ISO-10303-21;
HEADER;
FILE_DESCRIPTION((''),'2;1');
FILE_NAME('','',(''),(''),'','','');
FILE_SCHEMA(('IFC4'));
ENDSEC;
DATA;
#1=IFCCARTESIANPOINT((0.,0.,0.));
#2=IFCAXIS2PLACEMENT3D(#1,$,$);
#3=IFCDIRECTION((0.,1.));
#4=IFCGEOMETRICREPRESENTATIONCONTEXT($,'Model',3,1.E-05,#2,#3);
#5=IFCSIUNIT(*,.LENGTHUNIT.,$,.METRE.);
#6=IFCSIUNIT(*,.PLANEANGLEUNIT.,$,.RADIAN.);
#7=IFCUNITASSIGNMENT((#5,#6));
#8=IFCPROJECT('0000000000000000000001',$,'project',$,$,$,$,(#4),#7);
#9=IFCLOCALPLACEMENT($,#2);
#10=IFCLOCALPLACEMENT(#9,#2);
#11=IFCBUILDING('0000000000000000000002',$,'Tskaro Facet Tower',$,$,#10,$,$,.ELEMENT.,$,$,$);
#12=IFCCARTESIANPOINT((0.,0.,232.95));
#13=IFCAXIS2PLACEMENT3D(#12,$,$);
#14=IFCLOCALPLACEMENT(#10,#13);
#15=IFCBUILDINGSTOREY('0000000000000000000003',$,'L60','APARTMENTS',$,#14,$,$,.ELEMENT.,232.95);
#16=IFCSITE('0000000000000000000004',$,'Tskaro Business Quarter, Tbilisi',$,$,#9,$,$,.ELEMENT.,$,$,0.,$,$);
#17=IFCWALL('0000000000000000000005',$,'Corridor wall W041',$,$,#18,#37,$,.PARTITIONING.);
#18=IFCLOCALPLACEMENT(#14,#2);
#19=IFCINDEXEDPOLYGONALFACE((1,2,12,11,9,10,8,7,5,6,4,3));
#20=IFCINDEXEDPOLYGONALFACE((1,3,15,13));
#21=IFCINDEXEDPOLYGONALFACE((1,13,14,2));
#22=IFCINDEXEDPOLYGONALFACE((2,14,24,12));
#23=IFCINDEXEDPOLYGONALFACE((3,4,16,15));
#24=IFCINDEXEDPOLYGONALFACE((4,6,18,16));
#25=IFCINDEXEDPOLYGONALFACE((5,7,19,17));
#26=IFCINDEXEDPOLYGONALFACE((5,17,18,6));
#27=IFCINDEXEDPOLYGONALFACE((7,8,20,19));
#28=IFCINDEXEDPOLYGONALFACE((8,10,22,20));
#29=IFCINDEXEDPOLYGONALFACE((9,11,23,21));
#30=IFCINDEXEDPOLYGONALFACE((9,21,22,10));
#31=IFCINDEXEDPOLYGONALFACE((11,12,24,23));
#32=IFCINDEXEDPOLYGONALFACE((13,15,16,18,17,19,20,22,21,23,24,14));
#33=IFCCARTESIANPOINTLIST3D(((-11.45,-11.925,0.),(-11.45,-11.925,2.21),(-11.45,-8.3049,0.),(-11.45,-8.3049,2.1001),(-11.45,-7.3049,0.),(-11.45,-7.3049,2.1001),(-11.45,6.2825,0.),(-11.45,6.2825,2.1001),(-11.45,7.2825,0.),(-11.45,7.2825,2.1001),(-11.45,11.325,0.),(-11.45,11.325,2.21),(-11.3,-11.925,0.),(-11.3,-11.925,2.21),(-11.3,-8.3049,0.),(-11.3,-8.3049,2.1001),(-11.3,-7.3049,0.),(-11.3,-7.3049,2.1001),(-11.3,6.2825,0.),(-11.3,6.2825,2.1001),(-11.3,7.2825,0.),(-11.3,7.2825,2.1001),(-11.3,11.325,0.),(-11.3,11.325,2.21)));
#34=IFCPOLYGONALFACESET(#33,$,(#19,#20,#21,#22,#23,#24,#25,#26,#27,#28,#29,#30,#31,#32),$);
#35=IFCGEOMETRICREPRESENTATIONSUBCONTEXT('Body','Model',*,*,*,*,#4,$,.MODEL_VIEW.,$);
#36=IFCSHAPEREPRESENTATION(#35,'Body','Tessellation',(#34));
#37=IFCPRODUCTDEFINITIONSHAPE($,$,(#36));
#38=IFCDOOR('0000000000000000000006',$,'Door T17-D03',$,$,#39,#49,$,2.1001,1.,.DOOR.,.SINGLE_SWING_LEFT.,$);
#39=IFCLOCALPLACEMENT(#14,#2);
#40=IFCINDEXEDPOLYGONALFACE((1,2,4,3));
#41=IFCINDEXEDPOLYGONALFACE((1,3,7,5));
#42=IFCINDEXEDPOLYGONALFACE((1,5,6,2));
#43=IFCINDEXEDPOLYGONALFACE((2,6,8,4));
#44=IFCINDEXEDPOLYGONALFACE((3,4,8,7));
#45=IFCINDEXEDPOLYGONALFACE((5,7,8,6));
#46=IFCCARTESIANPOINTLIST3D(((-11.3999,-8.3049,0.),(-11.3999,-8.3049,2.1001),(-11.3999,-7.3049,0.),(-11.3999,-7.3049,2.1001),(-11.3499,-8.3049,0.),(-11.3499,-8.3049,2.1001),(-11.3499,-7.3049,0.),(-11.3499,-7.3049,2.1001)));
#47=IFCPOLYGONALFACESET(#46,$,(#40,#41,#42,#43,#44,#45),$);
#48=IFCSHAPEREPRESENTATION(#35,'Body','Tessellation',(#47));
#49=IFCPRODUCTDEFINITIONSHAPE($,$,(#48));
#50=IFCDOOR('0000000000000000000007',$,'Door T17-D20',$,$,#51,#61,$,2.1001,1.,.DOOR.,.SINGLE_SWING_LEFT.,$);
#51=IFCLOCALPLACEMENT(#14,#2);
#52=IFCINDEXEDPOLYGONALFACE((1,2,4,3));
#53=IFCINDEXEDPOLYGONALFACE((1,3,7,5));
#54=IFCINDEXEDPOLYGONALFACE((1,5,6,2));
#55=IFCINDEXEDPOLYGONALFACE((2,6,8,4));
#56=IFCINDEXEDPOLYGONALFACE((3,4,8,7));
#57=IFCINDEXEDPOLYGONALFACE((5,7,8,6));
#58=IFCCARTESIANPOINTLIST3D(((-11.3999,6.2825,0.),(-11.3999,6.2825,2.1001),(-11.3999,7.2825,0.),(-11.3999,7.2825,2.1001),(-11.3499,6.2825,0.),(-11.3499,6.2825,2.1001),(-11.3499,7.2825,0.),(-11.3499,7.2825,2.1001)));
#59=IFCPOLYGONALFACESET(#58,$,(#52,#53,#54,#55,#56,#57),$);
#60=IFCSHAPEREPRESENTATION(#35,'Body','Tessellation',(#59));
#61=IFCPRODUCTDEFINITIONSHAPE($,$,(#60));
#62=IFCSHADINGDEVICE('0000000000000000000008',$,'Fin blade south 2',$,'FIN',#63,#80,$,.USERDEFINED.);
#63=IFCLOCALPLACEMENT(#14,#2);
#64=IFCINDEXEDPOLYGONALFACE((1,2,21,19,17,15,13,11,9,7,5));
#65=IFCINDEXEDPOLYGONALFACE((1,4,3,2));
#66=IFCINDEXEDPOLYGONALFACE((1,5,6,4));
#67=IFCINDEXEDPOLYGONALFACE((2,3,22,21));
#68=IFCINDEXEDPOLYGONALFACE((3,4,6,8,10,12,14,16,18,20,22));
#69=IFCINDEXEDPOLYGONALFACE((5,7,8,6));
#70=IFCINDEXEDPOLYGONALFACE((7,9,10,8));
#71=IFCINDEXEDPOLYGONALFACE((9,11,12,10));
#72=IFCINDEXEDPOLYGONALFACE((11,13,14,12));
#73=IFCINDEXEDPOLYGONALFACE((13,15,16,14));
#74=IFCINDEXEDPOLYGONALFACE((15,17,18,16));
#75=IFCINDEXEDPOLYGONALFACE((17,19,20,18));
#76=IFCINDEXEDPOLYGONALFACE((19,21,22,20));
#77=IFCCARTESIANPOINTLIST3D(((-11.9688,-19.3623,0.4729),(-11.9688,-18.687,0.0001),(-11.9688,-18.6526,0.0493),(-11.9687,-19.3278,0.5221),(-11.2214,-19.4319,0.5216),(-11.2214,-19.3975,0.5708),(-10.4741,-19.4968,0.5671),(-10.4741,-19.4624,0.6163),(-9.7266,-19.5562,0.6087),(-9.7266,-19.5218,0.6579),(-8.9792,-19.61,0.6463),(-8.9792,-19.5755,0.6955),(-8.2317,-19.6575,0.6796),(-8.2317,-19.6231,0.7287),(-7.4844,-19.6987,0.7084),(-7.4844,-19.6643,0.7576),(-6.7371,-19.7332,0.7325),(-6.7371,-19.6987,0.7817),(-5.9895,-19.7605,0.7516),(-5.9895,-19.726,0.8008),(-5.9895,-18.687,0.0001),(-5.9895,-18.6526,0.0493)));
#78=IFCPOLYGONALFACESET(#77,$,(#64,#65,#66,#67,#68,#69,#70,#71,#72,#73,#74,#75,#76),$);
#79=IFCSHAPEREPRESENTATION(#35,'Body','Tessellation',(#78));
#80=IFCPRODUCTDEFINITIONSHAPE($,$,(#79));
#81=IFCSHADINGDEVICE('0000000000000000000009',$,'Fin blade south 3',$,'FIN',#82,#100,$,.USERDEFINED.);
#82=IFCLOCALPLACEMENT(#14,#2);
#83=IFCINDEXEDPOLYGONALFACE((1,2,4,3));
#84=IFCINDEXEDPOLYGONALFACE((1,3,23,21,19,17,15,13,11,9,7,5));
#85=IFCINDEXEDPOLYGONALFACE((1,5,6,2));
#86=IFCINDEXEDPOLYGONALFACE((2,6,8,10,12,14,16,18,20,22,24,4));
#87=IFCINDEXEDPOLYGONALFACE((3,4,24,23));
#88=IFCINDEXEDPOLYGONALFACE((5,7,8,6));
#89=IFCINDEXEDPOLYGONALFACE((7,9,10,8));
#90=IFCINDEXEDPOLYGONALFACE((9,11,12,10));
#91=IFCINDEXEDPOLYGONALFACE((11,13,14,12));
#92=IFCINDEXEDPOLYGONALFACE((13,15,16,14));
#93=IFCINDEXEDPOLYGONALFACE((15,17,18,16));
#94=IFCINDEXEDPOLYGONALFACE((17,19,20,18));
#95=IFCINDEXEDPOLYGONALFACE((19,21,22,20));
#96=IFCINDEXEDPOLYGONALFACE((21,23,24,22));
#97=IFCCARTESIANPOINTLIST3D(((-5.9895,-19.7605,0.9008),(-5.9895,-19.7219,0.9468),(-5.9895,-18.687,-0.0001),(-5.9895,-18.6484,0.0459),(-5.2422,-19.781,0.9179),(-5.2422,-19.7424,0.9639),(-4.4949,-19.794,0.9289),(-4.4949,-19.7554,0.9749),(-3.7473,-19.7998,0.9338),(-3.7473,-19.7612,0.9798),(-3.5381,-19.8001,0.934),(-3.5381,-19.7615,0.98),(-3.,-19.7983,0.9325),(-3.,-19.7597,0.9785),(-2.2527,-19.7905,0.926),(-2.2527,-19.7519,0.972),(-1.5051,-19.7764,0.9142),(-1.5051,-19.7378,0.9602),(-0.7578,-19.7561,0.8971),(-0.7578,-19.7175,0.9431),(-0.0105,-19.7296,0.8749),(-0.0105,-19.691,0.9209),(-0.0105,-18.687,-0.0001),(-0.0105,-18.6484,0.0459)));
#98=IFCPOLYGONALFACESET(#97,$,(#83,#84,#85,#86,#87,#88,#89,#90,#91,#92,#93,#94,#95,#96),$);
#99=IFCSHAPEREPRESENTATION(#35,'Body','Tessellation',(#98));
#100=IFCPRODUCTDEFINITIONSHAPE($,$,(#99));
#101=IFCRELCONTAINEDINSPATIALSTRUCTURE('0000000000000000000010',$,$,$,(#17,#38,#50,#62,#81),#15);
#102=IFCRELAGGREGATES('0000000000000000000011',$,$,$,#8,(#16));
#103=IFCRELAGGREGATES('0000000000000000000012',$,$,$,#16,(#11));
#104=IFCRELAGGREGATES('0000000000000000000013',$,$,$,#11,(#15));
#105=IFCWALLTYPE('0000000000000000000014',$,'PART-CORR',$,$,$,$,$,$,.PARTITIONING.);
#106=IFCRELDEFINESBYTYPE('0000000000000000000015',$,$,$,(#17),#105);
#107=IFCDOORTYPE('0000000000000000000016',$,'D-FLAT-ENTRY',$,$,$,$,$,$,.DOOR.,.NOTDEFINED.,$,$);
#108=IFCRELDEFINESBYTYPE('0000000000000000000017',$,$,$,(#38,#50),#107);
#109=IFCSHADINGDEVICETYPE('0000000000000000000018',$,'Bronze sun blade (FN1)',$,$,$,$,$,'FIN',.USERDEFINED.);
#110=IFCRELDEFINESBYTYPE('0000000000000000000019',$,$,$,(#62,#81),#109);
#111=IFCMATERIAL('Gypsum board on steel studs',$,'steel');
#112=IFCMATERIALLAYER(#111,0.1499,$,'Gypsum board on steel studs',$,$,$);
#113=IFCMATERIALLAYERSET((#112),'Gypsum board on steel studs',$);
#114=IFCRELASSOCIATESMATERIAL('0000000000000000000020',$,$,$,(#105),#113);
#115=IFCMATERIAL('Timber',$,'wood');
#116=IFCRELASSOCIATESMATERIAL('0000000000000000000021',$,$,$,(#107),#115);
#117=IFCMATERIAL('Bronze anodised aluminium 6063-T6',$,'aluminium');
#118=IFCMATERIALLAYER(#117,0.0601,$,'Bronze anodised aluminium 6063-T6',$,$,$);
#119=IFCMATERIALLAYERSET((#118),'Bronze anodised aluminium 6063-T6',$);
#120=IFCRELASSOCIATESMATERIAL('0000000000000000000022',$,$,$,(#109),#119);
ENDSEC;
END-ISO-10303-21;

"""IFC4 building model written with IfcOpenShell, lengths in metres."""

from ifc_helpers import new_model, si_unit, direction, frame, frame_2d, origin, place, context, subcontext, project, spatial, polyline, rectangle, outline, extrude, material, layer, layer_set, type_object, element, fill, save


model = new_model("IFC4")

# Units and contexts
model_context = context("Model", 3, precision=1e-05, world=origin(), true_north=direction((0.0, 1.0)))
body_context = subcontext(model_context, "Body", "Model", "MODEL_VIEW")
ifc_project = project(units=[si_unit("LENGTHUNIT", "METRE"), si_unit("PLANEANGLEUNIT", "RADIAN")], contexts=[model_context])

# Site, building, storey
site_placement = place(None, origin())
site = spatial("IfcSite", under=ifc_project, at=site_placement, Name="Tskaro Business Quarter, Tbilisi", CompositionType="ELEMENT", RefElevation=0.0)
building_placement = place(site_placement, origin())
building = spatial("IfcBuilding", under=site, at=building_placement, Name="Tskaro Facet Tower", CompositionType="ELEMENT")
storey_placement = place(building_placement, frame((0.0, 0.0, 232.95)))
storey = spatial("IfcBuildingStorey", under=building, at=storey_placement, Name="L60", Description="APARTMENTS", CompositionType="ELEMENT", Elevation=232.95)

# Shared definitions
ifc_material_1 = material(Name="Bronze anodised aluminium 6063-T6", Category="aluminium")

# Shared definitions
ifc_material_2 = material(Name="Gypsum board on steel studs", Category="steel")
ifc_material_3 = material(Name="Timber", Category="wood")

# Shared definitions
ifc_layer_1 = layer(ifc_material_2, 0.1499, Name="Gypsum board on steel studs")
ifc_layer_set_1 = layer_set([ifc_layer_1], Name="Gypsum board on steel studs")
wall_type_1 = type_object("IfcWallType", Name="PART-CORR", PredefinedType="PARTITIONING", material=ifc_layer_set_1)

# Wall, openings, doors
wall_1_placement = place(storey_placement, frame((-11.375, -11.925, 0.0), z_axis=(0.0, 0.0, 1.0), x_axis=(0.0, 1.0, 0.0)))
wall_1 = element("IfcWall", 1, at=wall_1_placement, inside=storey, type_object=wall_type_1, Name="Corridor wall W041", PredefinedType="PARTITIONING", context=body_context, shape_type="SweptSolid", body=[
    extrude(rectangle(XDim=23.25, YDim=0.1499, at=frame_2d((11.625, 0.0))), origin(), (0.0, 0.0, 1.0), 2.21),
])
opening_1_placement = place(wall_1_placement, frame((3.6201, 0.0, 0.0)))
opening_1 = element("IfcOpeningElement", 2, at=opening_1_placement, cuts=wall_1, PredefinedType="OPENING", context=body_context, shape_type="SweptSolid", body=[
    extrude(rectangle(XDim=1.0, YDim=2.1001, at=frame_2d((0.5, 1.05))), frame((0.0, 0.085, 0.0), z_axis=(0.0, -1.0, 0.0), x_axis=(1.0, 0.0, 0.0)), (0.0, 0.0, 1.0), 0.1699),
])
opening_2_placement = place(wall_1_placement, frame((18.2075, 0.0, 0.0)))
opening_2 = element("IfcOpeningElement", 3, at=opening_2_placement, cuts=wall_1, PredefinedType="OPENING", context=body_context, shape_type="SweptSolid", body=[
    extrude(rectangle(XDim=1.0, YDim=2.1001, at=frame_2d((0.5, 1.05))), frame((0.0, 0.085, 0.0), z_axis=(0.0, -1.0, 0.0), x_axis=(1.0, 0.0, 0.0)), (0.0, 0.0, 1.0), 0.1699),
])
door_type_1 = type_object("IfcDoorType", Name="D-FLAT-ENTRY", OperationType="NOTDEFINED", PredefinedType="DOOR", material=ifc_material_3)
door_1_placement = place(opening_1_placement, origin())
door_1 = element("IfcDoor", 4, at=door_1_placement, inside=storey, type_object=door_type_1, Name="Door T17-D03", OperationType="SINGLE_SWING_LEFT", OverallHeight=2.1001, OverallWidth=1.0, PredefinedType="DOOR", context=body_context, shape_type="SweptSolid", body=[
    extrude(rectangle(XDim=1.0, YDim=2.1001, at=frame_2d((0.5, 1.05))), frame((0.0, 0.0249, 0.0), z_axis=(0.0, -1.0, 0.0), x_axis=(1.0, 0.0, 0.0)), (0.0, 0.0, 1.0), 0.05),
])
fill(opening_1, door_1)
door_2_placement = place(opening_2_placement, origin())
door_2 = element("IfcDoor", 5, at=door_2_placement, inside=storey, type_object=door_type_1, Name="Door T17-D20", OperationType="SINGLE_SWING_LEFT", OverallHeight=2.1001, OverallWidth=1.0, PredefinedType="DOOR", context=body_context, shape_type="SweptSolid", body=[
    extrude(rectangle(XDim=1.0, YDim=2.1001, at=frame_2d((0.5, 1.05))), frame((0.0, 0.0249, 0.0), z_axis=(0.0, -1.0, 0.0), x_axis=(1.0, 0.0, 0.0)), (0.0, 0.0, 1.0), 0.05),
])
fill(opening_2, door_2)

# Shading devices
ifc_layer_2 = layer(ifc_material_1, 0.0601, Name="Bronze anodised aluminium 6063-T6")
ifc_layer_set_2 = layer_set([ifc_layer_2], Name="Bronze anodised aluminium 6063-T6")
shading_device_type = type_object("IfcShadingDeviceType", Name="Bronze sun blade (FN1)", ElementType="FIN", PredefinedType="USERDEFINED", material=ifc_layer_set_2)
shading_device_1_placement = place(storey_placement, frame((-11.9688, -18.6526, 0.0493), z_axis=(0.000002, 0.573528, 0.819186), x_axis=(1.0, -0.000001, -0.000002)))
element("IfcShadingDevice", 6, at=shading_device_1_placement, inside=storey, type_object=shading_device_type, Name="Fin blade south 2", ObjectType="FIN", PredefinedType="USERDEFINED", context=body_context, shape_type="SweptSolid", body=[
    extrude(outline(polyline([(0.0, 0.0), (5.9792, 0.0), (5.9792, -1.3104), (5.2317, -1.277), (4.4844, -1.235), (3.7371, -1.1847), (2.9895, -1.1266), (2.2422, -1.0611), (1.4946, -0.9885), (0.7473, -0.9093), (0.0, -0.8243), (0.0, 0.0)])), origin(), (0.0, 0.0, -1.0), 0.0601),
])
shading_device_2_placement = place(storey_placement, frame((-5.9895, -18.6484, 0.0459), z_axis=(-0.000009, 0.642837, 0.766003), x_axis=(1.0, 0.000006, 0.000007)))
element("IfcShadingDevice", 7, at=shading_device_2_placement, inside=storey, type_object=shading_device_type, Name="Fin blade south 3", ObjectType="FIN", PredefinedType="USERDEFINED", context=body_context, shape_type="SweptSolid", body=[
    extrude(outline(polyline([(0.0, 0.0), (5.979, 0.0), (5.979, -1.361), (5.2317, -1.3957), (4.4844, -1.4222), (3.7368, -1.4406), (2.9895, -1.4508), (2.4514, -1.4531), (2.2422, -1.4527), (1.4946, -1.4451), (0.7473, -1.4281), (0.0, -1.4014), (0.0, 0.0)])), origin(), (0.0, 0.0, -1.0), 0.0601),
])

save(model, "model.ifc")
